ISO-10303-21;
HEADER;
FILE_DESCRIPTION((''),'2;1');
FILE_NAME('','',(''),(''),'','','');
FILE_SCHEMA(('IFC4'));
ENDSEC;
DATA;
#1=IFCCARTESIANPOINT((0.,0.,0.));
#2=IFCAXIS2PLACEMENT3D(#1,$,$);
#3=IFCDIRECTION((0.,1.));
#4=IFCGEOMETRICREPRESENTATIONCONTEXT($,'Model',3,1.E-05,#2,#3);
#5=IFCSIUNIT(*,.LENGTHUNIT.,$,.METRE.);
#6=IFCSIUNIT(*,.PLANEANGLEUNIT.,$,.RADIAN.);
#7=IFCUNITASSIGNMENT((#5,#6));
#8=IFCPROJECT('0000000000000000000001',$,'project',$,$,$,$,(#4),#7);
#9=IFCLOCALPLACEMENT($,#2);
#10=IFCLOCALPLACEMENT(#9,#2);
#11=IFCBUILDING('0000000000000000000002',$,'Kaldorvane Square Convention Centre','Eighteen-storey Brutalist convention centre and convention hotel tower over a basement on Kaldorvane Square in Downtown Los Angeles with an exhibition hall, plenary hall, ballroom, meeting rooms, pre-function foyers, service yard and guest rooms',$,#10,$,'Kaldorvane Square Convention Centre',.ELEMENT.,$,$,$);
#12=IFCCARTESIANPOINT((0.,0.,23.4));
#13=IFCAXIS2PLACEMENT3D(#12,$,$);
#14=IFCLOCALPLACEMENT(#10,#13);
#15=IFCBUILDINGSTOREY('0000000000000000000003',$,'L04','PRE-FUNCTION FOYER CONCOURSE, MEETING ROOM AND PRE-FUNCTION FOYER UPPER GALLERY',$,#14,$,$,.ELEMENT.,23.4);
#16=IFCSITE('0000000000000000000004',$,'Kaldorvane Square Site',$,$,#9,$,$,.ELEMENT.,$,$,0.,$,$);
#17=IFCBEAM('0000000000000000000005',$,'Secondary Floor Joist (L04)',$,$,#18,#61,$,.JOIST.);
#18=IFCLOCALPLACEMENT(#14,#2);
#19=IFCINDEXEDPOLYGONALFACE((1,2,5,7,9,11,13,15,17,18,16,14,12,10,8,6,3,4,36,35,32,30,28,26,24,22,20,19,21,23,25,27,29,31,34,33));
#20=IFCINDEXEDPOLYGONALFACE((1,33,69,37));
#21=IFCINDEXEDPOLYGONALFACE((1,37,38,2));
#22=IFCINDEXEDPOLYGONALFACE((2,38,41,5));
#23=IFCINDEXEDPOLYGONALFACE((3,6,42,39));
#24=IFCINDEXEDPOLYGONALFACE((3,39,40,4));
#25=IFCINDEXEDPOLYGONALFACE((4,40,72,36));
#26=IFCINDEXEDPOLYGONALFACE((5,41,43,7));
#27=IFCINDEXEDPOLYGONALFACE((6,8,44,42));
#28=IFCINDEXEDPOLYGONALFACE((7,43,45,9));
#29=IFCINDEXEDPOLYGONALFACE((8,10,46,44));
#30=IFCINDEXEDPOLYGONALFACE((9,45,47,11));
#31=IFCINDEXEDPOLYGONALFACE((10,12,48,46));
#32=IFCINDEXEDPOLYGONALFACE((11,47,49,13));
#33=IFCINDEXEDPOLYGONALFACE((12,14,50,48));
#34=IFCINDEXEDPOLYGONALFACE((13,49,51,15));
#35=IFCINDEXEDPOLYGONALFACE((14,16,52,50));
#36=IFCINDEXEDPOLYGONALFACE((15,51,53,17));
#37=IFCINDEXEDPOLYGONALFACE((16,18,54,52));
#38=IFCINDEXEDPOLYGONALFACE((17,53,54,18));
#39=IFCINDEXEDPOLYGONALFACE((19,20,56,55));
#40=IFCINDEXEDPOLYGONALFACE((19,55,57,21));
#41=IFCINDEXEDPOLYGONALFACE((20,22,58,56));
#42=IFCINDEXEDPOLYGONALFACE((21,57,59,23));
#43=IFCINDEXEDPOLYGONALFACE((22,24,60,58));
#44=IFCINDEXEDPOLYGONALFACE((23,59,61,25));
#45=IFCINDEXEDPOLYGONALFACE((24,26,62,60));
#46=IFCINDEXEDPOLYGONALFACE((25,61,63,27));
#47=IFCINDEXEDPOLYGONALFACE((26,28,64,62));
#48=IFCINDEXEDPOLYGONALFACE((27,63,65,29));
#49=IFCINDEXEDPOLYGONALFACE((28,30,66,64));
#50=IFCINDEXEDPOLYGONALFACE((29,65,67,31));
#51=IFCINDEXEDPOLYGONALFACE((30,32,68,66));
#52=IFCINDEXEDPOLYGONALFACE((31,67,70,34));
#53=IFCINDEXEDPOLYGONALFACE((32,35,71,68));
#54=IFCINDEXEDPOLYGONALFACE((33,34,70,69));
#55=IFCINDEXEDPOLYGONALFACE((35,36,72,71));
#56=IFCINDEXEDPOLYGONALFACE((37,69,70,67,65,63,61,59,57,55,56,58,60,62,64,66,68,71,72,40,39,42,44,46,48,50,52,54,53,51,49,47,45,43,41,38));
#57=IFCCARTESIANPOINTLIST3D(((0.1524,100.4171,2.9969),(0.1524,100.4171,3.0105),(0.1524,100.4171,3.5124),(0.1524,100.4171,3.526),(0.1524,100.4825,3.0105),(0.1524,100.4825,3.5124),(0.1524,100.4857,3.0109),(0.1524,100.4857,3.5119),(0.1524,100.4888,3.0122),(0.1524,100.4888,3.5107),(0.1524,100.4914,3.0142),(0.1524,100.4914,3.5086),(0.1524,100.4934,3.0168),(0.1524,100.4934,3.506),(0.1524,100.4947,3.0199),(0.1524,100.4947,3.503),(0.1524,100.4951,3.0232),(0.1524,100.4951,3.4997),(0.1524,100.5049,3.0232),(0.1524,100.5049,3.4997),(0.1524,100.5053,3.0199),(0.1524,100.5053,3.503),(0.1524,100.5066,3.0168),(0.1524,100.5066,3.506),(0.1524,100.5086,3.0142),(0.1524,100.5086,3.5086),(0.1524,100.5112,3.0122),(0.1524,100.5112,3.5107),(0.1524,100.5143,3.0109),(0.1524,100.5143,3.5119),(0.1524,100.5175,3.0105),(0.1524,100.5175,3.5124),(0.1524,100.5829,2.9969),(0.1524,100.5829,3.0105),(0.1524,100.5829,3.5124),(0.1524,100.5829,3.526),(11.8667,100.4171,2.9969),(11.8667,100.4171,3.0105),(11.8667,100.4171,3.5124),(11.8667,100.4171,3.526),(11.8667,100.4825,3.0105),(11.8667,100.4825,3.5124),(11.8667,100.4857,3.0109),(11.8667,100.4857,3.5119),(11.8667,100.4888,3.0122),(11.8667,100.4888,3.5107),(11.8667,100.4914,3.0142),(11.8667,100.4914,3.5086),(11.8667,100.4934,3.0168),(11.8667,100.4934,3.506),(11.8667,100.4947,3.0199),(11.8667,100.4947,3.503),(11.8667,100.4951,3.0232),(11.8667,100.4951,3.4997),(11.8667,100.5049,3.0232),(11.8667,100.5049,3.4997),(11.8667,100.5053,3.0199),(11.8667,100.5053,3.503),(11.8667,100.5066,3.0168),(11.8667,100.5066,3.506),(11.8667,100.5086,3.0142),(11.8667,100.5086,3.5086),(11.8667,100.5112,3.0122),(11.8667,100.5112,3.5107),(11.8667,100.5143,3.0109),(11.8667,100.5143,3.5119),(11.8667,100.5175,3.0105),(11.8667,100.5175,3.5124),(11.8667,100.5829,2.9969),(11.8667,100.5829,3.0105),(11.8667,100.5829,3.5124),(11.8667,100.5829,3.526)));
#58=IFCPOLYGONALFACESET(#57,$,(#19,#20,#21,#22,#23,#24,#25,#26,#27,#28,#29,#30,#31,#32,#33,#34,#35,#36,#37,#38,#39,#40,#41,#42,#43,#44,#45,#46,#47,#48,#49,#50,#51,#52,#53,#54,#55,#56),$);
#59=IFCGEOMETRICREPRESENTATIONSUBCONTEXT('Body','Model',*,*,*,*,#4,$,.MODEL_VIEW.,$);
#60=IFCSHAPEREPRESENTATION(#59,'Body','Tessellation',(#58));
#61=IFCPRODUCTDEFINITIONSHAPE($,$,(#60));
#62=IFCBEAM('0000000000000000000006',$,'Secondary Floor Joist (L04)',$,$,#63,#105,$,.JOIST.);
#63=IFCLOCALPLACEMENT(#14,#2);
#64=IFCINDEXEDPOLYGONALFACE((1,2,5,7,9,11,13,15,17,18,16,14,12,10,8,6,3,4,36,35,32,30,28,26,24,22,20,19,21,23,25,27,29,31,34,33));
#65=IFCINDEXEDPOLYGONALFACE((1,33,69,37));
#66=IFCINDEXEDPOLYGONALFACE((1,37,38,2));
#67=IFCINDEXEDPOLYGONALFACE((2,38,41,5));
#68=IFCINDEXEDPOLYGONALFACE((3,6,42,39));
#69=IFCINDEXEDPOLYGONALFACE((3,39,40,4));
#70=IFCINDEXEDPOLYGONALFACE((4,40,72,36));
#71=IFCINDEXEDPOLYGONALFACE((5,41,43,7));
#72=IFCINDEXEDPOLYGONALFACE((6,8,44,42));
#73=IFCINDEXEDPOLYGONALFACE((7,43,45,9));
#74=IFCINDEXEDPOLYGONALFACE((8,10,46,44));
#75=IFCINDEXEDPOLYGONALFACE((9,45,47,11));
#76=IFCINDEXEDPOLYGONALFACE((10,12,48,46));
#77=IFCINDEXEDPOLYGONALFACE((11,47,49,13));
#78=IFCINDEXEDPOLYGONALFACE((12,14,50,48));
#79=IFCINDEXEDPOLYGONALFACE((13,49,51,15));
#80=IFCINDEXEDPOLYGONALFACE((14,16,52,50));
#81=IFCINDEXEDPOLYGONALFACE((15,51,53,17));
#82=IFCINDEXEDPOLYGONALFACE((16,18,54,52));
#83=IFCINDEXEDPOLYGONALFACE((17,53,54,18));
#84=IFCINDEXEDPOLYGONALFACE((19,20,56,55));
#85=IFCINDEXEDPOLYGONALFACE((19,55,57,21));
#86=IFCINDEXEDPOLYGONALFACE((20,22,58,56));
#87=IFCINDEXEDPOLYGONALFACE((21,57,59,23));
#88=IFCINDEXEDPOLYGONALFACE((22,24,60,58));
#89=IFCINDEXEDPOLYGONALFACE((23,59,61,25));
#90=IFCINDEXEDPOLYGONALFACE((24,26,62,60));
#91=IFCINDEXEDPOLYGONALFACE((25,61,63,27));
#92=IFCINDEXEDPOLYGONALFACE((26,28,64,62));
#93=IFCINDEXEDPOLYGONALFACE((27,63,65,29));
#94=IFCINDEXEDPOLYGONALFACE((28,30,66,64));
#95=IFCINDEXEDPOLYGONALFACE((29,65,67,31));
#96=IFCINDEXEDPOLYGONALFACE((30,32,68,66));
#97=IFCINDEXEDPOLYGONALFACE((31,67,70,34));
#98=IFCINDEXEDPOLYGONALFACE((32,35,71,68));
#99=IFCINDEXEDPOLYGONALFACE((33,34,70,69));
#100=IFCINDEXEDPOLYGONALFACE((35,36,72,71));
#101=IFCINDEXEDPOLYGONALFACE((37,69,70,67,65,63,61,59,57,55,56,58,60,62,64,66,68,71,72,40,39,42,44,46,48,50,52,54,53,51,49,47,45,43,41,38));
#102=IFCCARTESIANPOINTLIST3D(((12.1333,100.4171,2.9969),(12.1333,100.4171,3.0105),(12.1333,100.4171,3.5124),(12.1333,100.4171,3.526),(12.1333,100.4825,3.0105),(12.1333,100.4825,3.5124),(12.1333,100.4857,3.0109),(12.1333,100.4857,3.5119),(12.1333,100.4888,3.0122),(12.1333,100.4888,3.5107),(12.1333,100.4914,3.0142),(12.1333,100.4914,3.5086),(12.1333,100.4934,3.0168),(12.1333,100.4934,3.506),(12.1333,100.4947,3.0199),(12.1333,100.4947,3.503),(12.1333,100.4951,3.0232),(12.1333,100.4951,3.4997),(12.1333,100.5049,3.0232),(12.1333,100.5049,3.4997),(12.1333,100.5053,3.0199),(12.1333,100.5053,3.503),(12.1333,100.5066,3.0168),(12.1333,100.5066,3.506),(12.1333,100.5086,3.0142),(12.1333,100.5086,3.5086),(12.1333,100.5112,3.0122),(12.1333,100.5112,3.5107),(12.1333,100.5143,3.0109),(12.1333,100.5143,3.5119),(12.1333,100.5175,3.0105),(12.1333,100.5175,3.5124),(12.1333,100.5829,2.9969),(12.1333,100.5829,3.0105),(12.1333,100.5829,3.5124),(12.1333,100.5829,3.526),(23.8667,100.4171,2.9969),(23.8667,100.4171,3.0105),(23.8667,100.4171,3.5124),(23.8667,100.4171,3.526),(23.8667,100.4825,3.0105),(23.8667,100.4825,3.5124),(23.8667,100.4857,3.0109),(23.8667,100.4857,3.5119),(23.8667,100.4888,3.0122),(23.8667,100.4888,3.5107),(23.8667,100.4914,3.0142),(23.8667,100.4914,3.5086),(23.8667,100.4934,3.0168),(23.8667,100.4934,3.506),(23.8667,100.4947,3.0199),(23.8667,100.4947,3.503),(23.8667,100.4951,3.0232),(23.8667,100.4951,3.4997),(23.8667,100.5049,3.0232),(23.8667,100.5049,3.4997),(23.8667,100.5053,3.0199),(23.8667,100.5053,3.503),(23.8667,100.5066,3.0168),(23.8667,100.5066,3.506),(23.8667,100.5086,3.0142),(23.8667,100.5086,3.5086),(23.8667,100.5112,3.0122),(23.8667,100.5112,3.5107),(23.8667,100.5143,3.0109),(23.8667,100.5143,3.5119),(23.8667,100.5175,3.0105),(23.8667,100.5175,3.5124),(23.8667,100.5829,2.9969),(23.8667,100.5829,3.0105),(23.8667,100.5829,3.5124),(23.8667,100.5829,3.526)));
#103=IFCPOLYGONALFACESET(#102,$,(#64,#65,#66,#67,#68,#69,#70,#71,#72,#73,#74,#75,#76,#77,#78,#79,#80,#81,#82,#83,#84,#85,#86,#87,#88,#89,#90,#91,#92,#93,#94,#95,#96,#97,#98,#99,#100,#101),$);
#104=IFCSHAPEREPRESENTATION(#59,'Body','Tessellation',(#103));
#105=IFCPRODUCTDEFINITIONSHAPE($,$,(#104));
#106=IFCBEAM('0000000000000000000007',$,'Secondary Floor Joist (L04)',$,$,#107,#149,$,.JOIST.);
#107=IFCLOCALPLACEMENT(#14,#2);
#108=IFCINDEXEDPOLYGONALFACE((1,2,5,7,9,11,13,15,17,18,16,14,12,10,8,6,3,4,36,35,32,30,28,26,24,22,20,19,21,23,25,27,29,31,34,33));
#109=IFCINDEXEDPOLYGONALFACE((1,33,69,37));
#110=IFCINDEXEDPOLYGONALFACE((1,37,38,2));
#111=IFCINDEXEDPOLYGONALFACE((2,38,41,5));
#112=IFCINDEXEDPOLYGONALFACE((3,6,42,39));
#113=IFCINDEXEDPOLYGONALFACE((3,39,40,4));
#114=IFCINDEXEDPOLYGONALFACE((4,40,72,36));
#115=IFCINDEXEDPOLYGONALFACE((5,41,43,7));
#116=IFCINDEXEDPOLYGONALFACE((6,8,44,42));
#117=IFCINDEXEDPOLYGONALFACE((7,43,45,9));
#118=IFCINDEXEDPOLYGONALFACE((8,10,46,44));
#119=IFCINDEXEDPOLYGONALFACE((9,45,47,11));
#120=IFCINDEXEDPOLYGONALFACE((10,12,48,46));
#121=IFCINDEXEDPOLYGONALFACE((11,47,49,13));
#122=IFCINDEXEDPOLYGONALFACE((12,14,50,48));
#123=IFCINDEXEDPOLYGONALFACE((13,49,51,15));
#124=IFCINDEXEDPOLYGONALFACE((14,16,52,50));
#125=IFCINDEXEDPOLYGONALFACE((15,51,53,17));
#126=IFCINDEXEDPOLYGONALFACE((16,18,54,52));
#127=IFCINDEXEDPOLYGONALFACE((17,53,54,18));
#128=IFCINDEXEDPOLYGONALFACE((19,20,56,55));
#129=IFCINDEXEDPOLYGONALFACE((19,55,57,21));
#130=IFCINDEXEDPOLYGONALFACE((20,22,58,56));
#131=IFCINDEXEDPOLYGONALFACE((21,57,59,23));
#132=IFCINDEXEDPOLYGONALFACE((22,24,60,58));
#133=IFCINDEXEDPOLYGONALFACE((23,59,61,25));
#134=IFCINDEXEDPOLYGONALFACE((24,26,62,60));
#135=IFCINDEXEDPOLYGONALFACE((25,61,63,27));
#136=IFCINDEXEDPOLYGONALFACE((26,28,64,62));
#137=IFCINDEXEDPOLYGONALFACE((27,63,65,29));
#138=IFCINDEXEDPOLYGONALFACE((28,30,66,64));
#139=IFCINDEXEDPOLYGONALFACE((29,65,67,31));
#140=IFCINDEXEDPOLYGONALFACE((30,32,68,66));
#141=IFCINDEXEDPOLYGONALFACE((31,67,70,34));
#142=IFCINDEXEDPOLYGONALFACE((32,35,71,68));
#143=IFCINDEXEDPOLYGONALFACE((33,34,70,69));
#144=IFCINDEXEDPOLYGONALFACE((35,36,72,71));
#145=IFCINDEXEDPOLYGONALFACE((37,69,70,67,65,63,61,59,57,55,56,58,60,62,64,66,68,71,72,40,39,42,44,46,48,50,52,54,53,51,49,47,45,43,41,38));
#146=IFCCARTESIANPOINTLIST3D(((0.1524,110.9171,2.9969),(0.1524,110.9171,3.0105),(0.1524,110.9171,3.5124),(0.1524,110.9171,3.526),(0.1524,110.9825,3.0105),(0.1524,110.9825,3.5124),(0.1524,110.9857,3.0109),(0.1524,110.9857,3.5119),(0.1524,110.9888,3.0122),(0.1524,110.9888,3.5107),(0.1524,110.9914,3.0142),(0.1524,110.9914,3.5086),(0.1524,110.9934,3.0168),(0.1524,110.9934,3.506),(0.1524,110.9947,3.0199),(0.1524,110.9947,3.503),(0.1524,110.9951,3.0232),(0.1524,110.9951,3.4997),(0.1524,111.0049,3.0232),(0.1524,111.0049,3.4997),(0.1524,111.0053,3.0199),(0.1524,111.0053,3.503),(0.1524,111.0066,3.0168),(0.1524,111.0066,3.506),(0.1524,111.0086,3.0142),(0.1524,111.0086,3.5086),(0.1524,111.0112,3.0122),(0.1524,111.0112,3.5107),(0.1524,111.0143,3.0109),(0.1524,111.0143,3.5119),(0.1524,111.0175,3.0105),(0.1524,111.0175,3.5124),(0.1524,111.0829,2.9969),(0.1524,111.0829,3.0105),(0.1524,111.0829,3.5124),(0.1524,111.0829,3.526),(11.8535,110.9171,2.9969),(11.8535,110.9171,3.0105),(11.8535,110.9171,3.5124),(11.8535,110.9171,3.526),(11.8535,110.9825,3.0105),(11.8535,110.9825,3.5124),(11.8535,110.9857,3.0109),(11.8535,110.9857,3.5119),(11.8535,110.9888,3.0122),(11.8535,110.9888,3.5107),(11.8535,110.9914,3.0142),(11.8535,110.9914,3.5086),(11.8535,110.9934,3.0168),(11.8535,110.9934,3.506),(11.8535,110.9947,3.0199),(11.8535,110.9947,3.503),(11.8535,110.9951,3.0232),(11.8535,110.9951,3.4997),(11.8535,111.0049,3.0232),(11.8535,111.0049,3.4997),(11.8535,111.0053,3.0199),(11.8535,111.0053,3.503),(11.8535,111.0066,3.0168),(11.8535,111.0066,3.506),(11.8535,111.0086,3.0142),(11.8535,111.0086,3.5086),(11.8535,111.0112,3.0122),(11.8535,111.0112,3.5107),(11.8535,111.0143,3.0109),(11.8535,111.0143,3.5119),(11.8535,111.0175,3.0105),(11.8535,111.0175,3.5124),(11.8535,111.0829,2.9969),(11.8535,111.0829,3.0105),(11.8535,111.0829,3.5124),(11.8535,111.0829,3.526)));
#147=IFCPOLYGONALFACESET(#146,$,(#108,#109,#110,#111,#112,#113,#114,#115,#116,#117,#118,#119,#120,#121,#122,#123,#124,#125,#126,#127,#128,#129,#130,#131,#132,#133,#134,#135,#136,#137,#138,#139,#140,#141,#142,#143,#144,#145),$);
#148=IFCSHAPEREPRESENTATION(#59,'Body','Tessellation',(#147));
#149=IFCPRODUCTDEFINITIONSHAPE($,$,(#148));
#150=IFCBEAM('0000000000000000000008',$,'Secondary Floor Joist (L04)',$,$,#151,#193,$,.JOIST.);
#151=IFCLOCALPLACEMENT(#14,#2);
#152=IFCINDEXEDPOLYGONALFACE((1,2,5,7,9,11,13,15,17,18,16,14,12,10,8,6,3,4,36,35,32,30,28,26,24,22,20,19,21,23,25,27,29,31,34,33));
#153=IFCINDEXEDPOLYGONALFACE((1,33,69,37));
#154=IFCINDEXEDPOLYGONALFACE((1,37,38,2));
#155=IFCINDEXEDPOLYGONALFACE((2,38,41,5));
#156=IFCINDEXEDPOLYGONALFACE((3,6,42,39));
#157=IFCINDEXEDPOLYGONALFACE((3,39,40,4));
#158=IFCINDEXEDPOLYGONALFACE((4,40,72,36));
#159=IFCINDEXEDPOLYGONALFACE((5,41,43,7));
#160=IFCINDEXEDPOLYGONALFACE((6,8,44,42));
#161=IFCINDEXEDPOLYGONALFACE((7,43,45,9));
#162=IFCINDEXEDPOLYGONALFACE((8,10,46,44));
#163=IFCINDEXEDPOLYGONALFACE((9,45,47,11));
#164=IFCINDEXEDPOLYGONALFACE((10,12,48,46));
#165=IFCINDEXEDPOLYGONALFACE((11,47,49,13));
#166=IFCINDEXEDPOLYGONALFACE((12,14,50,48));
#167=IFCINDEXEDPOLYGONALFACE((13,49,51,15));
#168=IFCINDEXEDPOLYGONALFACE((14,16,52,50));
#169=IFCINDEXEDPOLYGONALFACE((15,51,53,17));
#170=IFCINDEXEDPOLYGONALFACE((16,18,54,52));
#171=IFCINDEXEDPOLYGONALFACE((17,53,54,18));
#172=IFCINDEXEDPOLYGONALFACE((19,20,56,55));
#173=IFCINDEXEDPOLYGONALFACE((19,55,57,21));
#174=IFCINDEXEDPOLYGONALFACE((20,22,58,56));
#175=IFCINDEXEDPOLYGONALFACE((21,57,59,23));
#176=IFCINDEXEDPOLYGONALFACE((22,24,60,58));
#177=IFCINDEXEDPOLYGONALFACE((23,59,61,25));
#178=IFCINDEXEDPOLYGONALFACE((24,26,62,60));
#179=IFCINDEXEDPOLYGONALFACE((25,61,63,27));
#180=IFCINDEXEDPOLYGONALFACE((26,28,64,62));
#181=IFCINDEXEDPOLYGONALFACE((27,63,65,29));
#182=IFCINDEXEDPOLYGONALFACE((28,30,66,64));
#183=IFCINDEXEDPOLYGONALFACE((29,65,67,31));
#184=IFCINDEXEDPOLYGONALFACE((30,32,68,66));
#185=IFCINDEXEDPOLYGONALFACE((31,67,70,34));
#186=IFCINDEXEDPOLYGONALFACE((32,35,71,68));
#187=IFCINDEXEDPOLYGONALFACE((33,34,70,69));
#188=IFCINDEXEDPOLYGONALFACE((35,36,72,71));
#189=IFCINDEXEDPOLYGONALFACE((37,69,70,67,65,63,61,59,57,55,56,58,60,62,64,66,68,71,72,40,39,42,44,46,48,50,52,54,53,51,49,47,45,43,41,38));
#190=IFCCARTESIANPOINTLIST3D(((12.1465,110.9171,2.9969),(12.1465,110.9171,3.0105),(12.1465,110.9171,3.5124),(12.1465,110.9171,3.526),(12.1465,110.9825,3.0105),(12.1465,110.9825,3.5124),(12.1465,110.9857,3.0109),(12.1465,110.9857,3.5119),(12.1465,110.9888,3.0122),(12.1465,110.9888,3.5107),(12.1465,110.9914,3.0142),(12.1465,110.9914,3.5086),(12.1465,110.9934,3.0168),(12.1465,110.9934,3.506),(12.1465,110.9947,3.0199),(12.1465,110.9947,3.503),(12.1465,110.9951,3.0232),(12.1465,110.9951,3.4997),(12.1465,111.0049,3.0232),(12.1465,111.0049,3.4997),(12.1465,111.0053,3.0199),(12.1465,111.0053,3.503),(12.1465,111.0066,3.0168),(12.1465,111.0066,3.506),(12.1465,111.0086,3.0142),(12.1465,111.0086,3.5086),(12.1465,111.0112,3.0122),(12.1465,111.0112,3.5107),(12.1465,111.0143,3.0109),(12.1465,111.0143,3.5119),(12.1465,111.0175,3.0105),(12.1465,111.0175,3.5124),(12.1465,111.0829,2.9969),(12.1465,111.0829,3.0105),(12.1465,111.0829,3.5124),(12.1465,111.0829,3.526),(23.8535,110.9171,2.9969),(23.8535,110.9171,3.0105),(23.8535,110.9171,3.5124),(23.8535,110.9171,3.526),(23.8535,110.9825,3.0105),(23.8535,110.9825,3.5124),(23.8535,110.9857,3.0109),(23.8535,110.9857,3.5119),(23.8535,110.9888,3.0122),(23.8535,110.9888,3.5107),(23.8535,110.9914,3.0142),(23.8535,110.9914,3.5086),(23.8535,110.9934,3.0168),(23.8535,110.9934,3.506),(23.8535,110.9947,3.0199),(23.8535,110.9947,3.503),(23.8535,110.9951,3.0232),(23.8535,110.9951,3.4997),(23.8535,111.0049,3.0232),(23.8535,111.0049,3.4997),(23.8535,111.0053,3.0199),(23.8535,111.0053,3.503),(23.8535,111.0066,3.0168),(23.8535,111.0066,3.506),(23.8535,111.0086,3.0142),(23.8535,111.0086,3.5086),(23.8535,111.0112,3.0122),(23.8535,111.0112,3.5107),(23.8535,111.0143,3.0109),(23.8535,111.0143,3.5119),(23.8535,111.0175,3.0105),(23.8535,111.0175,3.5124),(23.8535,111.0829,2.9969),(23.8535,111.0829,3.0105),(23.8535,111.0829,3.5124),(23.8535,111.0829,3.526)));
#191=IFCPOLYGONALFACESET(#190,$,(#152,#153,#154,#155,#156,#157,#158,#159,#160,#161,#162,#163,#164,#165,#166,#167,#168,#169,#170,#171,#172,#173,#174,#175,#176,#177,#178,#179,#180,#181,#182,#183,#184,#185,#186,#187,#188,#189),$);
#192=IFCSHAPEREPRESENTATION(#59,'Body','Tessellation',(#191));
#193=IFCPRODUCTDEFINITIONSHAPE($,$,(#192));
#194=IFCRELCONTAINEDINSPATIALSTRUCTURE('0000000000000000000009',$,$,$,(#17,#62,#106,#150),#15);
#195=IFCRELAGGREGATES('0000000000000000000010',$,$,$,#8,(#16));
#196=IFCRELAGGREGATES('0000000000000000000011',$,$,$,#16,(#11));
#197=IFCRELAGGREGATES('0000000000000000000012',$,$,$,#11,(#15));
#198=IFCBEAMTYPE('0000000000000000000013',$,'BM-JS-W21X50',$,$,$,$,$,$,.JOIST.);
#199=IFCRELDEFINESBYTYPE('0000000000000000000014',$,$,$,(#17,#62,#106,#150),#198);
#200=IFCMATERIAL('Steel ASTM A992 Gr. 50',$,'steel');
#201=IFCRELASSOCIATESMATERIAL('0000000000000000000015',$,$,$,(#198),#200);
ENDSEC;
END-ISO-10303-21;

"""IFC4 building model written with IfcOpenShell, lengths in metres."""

from ifc_helpers import new_model, si_unit, direction, frame, origin, origin_2d, place, context, subcontext, project, spatial, i_section, extrude, material, material_profile, profile_set, type_object, element, save


model = new_model("IFC4")

# Units and contexts
model_context = context("Model", 3, precision=1e-05, world=origin(), true_north=direction((0.0, 1.0)))
body_context = subcontext(model_context, "Body", "Model", "MODEL_VIEW")
ifc_project = project(units=[si_unit("LENGTHUNIT", "METRE"), si_unit("PLANEANGLEUNIT", "RADIAN")], contexts=[model_context])

# Site, building, storey
site_placement = place(None, origin())
site = spatial("IfcSite", under=ifc_project, at=site_placement, Name="Kaldorvane Square Site", CompositionType="ELEMENT", RefElevation=0.0)
building_placement = place(site_placement, origin())
building = spatial("IfcBuilding", under=site, at=building_placement, Name="Kaldorvane Square Convention Centre", Description="Eighteen-storey Brutalist convention centre and convention hotel tower over a basement on Kaldorvane Square in Downtown Los Angeles with an exhibition hall, plenary hall, ballroom, meeting rooms, pre-function foyers, service yard and guest rooms", LongName="Kaldorvane Square Convention Centre", CompositionType="ELEMENT")
storey_placement = place(building_placement, frame((0.0, 0.0, 23.4)))
storey = spatial("IfcBuildingStorey", under=building, at=storey_placement, Name="L04", Description="PRE-FUNCTION FOYER CONCOURSE, MEETING ROOM AND PRE-FUNCTION FOYER UPPER GALLERY", CompositionType="ELEMENT", Elevation=23.4)

# Shared definitions
ifc_material_1 = material(Name="Steel ASTM A992 Gr. 50", Category="steel")

# Beams
ifc_material_profile_1 = material_profile(ifc_material_1, i_section(OverallWidth=0.1659, OverallDepth=0.5291, WebThickness=0.0097, FlangeThickness=0.0136, FilletRadius=0.0127, at=origin_2d()), Name="W21X50")
ifc_profile_set_1 = profile_set([ifc_material_profile_1], Name="Steel ASTM A992 Gr. 50")
beam_type_1 = type_object("IfcBeamType", Name="BM-JS-W21X50", PredefinedType="JOIST", material=ifc_profile_set_1)
beam_1_placement = place(storey_placement, frame((0.1524, 100.5, 3.2614), z_axis=(1.0, 0.0, 0.0), x_axis=(0.0, 1.0, 0.0)))
element("IfcBeam", 1, at=beam_1_placement, inside=storey, type_object=beam_type_1, Name="Secondary Floor Joist (L04)", PredefinedType="JOIST", context=body_context, shape_type="SweptSolid", body=[
    extrude(i_section(OverallWidth=0.1659, OverallDepth=0.5291, WebThickness=0.0097, FlangeThickness=0.0136, FilletRadius=0.0127, at=origin_2d()), origin(), (0.0, 0.0, 1.0), 11.7143),
])
beam_2_placement = place(storey_placement, frame((12.1333, 100.5, 3.2614), z_axis=(1.0, 0.0, 0.0), x_axis=(0.0, 1.0, 0.0)))
element("IfcBeam", 2, at=beam_2_placement, inside=storey, type_object=beam_type_1, Name="Secondary Floor Joist (L04)", PredefinedType="JOIST", context=body_context, shape_type="SweptSolid", body=[
    extrude(i_section(OverallWidth=0.1659, OverallDepth=0.5291, WebThickness=0.0097, FlangeThickness=0.0136, FilletRadius=0.0127, at=origin_2d()), origin(), (0.0, 0.0, 1.0), 11.7334),
])
beam_3_placement = place(storey_placement, frame((0.1524, 111.0, 3.2614), z_axis=(1.0, 0.0, 0.0), x_axis=(0.0, 1.0, 0.0)))
element("IfcBeam", 3, at=beam_3_placement, inside=storey, type_object=beam_type_1, Name="Secondary Floor Joist (L04)", PredefinedType="JOIST", context=body_context, shape_type="SweptSolid", body=[
    extrude(i_section(OverallWidth=0.1659, OverallDepth=0.5291, WebThickness=0.0097, FlangeThickness=0.0136, FilletRadius=0.0127, at=origin_2d()), origin(), (0.0, 0.0, 1.0), 11.7011),
])
beam_4_placement = place(storey_placement, frame((12.1465, 111.0, 3.2614), z_axis=(1.0, 0.0, 0.0), x_axis=(0.0, 1.0, 0.0)))
element("IfcBeam", 4, at=beam_4_placement, inside=storey, type_object=beam_type_1, Name="Secondary Floor Joist (L04)", PredefinedType="JOIST", context=body_context, shape_type="SweptSolid", body=[
    extrude(i_section(OverallWidth=0.1659, OverallDepth=0.5291, WebThickness=0.0097, FlangeThickness=0.0136, FilletRadius=0.0127, at=origin_2d()), origin(), (0.0, 0.0, 1.0), 11.707),
])

save(model, "model.ifc")
